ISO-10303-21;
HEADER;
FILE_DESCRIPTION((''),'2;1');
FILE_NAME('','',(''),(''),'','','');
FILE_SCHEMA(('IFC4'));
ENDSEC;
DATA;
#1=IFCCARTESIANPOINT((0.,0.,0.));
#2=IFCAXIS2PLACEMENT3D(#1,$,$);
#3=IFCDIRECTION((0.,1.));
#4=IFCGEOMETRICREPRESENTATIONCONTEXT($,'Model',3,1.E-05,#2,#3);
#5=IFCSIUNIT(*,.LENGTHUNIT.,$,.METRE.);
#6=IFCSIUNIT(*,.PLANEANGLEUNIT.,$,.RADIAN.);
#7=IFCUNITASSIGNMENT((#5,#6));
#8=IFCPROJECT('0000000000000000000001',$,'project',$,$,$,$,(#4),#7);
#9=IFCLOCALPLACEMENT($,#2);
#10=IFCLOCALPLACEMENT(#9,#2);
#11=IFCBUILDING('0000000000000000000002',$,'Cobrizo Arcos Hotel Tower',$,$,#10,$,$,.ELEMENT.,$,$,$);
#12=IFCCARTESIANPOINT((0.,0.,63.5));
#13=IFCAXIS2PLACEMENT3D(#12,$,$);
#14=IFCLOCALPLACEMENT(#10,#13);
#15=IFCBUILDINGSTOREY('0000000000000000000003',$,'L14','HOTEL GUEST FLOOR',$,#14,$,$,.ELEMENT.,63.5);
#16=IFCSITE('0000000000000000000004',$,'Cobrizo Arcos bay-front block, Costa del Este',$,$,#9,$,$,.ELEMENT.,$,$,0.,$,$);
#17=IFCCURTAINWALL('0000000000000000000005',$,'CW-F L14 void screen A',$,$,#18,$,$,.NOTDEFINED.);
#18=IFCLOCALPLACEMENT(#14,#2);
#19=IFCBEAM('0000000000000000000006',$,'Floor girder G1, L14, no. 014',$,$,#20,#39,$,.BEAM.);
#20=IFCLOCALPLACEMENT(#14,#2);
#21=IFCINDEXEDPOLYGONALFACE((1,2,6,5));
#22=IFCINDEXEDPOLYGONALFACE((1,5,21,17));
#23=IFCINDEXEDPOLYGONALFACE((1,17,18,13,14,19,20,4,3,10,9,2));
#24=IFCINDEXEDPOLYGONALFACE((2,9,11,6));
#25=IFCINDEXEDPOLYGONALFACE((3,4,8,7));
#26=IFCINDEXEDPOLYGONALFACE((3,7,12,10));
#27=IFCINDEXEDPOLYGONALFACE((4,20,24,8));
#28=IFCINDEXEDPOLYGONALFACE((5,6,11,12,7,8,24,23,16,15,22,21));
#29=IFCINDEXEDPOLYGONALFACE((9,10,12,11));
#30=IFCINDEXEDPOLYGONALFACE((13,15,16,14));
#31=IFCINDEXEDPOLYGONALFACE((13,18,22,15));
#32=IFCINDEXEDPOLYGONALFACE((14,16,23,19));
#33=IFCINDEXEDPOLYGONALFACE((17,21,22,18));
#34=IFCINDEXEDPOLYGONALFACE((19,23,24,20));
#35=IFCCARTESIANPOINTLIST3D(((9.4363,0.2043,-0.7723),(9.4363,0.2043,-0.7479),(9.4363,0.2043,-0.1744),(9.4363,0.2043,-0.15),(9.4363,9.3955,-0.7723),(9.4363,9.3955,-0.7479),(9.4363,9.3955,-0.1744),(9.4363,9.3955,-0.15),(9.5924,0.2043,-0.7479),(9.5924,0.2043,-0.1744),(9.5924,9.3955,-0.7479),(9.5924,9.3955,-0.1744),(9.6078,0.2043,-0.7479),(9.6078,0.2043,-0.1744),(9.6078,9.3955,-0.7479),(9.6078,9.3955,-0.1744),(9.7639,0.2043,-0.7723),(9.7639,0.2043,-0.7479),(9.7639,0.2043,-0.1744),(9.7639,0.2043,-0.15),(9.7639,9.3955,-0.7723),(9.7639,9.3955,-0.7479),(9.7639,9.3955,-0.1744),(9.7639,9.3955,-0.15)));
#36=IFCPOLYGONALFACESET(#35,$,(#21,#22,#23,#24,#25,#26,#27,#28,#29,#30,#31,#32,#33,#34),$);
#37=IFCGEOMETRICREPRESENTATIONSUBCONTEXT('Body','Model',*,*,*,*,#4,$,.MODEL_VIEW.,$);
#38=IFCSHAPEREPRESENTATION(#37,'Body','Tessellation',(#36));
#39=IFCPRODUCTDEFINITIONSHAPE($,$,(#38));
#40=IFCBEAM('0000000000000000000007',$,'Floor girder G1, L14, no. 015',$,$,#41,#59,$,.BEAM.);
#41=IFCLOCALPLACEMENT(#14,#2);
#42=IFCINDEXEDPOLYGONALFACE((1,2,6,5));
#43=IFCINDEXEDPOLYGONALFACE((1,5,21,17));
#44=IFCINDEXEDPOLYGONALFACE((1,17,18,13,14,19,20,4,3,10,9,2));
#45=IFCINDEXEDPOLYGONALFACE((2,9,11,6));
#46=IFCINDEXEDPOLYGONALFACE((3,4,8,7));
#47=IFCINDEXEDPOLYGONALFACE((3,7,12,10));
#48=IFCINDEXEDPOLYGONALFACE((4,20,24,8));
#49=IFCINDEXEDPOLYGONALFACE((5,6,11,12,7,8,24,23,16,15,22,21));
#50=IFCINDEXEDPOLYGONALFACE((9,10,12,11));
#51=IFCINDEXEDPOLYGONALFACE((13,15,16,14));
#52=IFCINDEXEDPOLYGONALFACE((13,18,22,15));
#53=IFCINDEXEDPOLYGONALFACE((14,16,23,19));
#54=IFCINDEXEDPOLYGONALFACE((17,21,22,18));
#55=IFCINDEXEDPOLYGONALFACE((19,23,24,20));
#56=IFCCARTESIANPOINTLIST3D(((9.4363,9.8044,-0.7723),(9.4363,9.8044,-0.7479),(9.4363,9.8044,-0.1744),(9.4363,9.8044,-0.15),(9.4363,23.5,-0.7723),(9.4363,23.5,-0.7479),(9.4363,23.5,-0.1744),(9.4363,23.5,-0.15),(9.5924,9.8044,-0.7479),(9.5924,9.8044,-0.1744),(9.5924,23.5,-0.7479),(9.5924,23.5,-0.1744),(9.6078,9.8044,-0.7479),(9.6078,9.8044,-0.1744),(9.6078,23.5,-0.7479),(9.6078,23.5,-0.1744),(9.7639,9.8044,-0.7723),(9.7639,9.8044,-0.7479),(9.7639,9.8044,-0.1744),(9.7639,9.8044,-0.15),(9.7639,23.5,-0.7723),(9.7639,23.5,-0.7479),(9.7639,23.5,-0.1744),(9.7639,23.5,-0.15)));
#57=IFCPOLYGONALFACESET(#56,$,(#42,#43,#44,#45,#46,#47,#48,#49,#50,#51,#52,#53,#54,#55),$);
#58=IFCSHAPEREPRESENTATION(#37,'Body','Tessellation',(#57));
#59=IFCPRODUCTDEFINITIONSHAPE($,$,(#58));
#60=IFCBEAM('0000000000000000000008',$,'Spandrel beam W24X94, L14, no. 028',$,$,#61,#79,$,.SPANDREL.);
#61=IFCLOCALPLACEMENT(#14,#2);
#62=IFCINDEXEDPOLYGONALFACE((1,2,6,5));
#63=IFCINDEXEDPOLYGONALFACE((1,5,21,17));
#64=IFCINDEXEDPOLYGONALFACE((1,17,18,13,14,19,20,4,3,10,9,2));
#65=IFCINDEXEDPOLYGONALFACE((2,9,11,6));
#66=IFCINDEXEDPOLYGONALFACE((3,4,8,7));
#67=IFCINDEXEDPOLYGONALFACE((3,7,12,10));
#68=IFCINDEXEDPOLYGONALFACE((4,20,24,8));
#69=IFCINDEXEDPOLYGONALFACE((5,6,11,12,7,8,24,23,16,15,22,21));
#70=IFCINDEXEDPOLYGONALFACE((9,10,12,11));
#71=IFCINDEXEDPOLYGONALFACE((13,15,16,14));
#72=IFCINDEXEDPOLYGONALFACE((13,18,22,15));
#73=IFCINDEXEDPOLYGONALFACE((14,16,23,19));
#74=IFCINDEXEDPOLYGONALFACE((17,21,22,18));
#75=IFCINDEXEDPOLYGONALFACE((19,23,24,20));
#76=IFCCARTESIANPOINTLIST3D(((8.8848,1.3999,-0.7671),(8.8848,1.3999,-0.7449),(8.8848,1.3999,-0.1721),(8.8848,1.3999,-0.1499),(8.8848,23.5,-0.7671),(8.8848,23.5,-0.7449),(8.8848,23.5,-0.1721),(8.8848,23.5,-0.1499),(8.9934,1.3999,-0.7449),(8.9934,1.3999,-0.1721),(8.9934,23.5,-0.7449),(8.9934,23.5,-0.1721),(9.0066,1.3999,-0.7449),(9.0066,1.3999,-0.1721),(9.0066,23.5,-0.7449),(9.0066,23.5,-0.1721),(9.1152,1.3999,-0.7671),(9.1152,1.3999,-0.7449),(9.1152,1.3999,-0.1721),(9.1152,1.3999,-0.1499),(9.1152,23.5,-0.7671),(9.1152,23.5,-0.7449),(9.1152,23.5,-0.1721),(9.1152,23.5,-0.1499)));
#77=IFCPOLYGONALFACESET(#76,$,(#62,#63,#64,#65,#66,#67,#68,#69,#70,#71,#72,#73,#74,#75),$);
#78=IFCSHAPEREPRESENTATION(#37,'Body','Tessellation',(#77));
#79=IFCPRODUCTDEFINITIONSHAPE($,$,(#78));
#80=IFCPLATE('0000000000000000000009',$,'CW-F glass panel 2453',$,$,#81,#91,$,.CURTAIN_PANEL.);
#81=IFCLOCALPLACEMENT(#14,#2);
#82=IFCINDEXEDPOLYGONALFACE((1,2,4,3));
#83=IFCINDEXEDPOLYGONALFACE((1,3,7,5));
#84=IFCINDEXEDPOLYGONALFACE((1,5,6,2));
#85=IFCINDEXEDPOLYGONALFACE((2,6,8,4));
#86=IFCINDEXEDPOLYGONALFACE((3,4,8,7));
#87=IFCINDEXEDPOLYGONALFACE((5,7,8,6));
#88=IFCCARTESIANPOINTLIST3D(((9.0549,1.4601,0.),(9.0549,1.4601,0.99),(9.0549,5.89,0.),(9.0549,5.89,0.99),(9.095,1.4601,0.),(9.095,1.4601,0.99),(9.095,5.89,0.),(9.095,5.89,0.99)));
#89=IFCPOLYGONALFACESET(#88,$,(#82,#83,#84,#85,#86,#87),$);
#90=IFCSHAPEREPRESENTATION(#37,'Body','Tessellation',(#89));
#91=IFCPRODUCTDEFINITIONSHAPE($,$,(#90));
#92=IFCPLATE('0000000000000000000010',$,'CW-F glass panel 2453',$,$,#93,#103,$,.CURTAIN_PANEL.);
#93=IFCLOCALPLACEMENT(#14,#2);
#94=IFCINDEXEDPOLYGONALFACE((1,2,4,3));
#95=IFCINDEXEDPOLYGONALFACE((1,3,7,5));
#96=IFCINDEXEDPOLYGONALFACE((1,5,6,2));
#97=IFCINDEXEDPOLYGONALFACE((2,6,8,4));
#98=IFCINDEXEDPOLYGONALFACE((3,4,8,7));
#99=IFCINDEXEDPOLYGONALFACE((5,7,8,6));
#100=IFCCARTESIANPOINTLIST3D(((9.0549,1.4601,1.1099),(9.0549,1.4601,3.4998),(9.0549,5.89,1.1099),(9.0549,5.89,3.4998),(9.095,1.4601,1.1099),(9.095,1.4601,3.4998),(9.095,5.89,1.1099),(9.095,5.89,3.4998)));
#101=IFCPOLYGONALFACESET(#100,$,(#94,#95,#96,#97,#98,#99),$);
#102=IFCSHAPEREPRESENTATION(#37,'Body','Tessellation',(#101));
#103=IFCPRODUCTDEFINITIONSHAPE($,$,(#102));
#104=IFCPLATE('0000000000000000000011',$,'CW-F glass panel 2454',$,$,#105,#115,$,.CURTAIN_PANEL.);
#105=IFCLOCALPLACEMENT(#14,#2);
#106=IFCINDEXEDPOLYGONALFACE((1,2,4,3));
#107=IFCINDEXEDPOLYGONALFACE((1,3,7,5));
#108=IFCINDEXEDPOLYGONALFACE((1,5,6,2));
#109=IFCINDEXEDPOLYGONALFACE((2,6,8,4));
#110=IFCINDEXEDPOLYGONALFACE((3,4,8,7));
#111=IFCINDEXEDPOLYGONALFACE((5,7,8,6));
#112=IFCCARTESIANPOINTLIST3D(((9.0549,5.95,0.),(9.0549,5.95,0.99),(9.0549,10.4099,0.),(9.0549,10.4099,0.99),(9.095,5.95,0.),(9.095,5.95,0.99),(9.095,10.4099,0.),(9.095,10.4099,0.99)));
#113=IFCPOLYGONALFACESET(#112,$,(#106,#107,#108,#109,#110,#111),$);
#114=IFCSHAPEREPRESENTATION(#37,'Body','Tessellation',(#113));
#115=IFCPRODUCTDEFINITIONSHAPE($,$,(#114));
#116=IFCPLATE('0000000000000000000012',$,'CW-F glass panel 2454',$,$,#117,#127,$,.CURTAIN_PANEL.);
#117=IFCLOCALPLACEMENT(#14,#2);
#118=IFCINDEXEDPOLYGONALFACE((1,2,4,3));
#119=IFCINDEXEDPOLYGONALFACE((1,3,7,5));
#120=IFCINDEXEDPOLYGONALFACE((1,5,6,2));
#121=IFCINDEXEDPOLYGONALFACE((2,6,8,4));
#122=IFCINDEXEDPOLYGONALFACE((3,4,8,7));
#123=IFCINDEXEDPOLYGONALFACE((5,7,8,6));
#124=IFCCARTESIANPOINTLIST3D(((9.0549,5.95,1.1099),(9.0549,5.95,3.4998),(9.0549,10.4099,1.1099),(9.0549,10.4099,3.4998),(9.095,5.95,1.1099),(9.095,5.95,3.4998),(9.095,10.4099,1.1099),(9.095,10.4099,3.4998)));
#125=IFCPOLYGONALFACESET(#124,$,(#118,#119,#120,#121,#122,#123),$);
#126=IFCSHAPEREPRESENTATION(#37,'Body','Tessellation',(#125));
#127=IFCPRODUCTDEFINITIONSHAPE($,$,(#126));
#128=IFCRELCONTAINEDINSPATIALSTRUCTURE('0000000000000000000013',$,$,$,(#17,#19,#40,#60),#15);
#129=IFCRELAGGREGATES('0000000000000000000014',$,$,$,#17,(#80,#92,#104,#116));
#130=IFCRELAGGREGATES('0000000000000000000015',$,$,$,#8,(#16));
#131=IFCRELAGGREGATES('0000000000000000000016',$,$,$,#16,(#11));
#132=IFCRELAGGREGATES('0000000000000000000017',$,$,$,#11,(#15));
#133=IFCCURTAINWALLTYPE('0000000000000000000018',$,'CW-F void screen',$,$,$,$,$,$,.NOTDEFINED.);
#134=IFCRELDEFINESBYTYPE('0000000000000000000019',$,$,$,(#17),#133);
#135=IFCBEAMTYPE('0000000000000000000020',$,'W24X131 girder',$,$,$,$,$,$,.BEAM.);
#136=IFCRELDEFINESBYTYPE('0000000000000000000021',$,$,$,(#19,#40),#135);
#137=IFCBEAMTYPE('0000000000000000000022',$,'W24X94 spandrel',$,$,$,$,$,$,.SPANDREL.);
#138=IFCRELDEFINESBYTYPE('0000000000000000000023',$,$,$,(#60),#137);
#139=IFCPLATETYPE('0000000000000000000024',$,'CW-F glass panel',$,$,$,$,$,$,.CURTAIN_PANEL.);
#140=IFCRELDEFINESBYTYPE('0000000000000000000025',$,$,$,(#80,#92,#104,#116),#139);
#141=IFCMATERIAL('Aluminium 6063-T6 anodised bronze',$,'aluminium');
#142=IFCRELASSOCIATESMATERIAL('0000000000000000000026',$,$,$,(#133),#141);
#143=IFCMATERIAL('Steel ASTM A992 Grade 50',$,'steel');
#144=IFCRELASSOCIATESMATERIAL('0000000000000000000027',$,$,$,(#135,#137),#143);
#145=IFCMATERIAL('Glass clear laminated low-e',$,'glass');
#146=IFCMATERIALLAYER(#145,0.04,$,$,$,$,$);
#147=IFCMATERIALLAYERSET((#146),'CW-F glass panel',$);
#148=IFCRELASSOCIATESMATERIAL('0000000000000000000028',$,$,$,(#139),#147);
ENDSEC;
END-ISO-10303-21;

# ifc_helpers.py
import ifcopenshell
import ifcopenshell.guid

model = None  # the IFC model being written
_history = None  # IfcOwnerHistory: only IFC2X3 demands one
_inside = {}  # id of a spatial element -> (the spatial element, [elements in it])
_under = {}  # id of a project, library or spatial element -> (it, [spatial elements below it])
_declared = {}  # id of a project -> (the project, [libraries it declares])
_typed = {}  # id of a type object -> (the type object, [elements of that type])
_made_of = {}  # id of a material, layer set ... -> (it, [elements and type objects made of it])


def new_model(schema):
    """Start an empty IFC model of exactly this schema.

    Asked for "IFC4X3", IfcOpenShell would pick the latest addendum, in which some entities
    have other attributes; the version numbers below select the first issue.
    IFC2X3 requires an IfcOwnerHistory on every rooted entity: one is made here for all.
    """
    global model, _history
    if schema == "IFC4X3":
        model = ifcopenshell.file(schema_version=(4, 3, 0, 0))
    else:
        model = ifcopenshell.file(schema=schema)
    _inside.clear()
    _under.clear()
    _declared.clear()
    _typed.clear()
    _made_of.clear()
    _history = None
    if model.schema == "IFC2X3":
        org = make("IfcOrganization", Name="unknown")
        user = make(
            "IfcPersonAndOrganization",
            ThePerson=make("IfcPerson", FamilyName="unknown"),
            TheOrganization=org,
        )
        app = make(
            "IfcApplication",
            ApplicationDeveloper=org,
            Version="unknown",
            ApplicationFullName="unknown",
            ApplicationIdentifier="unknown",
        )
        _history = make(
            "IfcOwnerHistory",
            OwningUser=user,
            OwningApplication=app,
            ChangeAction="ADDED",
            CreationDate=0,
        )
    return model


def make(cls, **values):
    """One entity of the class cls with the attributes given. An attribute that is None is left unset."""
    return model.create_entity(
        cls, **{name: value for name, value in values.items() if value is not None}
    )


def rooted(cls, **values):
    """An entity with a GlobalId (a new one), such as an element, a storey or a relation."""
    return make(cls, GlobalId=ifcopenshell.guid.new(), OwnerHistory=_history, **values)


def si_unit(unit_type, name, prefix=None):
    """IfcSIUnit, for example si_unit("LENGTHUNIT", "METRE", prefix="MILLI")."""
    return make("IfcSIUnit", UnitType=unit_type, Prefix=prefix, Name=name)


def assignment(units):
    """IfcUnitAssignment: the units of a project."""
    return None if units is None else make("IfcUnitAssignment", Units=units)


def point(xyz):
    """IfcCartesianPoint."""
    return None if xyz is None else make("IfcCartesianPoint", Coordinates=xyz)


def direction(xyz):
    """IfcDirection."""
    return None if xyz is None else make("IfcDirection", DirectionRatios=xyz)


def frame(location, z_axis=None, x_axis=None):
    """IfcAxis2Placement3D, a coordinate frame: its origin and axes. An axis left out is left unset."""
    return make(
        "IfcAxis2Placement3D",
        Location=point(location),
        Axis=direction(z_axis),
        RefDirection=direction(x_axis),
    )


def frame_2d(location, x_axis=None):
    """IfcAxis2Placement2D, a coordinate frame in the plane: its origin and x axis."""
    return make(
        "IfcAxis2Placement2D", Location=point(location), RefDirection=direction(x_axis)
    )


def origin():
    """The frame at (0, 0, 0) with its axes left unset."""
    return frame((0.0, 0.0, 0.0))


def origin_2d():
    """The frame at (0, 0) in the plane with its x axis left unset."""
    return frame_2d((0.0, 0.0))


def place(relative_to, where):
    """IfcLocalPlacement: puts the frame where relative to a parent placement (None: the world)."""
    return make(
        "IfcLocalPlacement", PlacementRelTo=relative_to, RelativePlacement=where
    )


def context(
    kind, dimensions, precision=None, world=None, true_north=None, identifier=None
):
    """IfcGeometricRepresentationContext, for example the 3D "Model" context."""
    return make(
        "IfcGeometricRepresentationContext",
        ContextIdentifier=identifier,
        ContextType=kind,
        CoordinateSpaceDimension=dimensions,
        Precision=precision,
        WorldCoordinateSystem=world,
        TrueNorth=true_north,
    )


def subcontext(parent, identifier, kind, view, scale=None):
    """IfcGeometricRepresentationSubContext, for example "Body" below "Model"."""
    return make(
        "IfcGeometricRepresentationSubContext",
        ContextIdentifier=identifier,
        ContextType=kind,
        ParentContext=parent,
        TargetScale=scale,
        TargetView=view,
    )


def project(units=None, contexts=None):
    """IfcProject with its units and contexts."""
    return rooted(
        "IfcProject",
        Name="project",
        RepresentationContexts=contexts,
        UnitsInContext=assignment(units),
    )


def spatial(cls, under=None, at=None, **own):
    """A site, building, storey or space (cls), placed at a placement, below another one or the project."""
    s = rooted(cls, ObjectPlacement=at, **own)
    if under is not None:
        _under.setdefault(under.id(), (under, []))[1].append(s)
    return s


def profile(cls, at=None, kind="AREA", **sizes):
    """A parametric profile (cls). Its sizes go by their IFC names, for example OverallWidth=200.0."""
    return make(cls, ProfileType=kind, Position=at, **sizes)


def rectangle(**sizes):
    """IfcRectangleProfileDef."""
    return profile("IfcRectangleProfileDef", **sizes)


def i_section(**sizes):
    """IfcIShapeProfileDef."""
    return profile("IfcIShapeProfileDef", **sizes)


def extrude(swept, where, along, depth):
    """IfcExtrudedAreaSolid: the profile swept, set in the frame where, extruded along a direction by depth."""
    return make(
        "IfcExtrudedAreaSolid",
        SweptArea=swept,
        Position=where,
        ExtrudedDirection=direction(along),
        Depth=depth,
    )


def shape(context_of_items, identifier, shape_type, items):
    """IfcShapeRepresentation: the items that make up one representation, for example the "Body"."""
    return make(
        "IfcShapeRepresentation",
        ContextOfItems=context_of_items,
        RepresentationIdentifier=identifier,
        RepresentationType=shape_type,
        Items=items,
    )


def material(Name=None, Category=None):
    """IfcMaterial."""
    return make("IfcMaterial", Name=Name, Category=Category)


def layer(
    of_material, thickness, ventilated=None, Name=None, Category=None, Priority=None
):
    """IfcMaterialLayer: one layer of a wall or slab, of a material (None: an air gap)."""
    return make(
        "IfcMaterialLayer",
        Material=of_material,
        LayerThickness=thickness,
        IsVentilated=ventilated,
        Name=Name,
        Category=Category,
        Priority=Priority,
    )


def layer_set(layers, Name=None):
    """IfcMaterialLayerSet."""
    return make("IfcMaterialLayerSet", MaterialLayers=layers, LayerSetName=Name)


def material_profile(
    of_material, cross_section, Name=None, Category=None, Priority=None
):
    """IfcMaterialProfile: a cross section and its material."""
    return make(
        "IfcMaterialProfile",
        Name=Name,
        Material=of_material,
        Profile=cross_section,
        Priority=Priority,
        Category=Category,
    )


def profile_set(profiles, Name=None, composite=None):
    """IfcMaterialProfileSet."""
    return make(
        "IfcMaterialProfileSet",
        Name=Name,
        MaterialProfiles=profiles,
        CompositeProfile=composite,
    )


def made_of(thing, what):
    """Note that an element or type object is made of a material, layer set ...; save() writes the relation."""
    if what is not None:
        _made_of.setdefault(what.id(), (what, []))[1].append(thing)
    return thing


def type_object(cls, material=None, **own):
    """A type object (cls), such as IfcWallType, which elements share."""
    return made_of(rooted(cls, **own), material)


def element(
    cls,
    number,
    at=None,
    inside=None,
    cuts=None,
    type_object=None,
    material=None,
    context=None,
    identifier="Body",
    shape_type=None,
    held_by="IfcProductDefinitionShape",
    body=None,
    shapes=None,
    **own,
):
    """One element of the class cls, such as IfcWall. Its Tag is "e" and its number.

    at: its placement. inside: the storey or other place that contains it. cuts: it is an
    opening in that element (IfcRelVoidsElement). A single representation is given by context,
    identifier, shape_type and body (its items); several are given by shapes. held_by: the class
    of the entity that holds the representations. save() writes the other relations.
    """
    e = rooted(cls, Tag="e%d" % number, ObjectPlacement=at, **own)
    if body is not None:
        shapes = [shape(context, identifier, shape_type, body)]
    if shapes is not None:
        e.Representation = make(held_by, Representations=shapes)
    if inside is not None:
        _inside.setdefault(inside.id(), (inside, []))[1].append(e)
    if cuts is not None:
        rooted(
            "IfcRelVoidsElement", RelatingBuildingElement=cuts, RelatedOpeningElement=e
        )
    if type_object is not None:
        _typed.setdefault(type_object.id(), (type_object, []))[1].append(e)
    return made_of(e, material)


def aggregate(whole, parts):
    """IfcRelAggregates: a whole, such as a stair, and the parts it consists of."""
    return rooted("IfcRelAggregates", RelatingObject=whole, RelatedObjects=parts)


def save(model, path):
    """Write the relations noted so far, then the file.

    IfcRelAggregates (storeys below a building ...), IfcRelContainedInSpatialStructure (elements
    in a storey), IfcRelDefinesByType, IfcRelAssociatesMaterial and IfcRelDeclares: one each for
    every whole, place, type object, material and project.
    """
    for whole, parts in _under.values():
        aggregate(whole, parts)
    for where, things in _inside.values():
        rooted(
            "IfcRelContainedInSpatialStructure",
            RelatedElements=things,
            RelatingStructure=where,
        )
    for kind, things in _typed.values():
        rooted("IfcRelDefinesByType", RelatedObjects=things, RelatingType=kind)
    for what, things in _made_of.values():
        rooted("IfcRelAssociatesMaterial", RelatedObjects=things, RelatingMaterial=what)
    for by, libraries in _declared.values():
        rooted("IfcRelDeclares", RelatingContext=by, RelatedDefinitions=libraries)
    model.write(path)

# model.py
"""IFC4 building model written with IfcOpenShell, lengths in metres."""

from ifc_helpers import new_model, si_unit, direction, frame, origin, origin_2d, place, context, subcontext, project, spatial, rectangle, i_section, extrude, material, layer, layer_set, material_profile, profile_set, type_object, element, aggregate, save


model = new_model("IFC4")

# Units and contexts
model_context = context("Model", 3, precision=1e-05, world=origin(), true_north=direction((0.0, 1.0)))
body_context = subcontext(model_context, "Body", "Model", "MODEL_VIEW")
ifc_project = project(units=[si_unit("LENGTHUNIT", "METRE"), si_unit("PLANEANGLEUNIT", "RADIAN")], contexts=[model_context])

# Site, building, storey
site_placement = place(None, origin())
site = spatial("IfcSite", under=ifc_project, at=site_placement, Name="Cobrizo Arcos bay-front block, Costa del Este", CompositionType="ELEMENT", RefElevation=0.0)
building_placement = place(site_placement, origin())
building = spatial("IfcBuilding", under=site, at=building_placement, Name="Cobrizo Arcos Hotel Tower", CompositionType="ELEMENT")
storey_placement = place(building_placement, frame((0.0, 0.0, 63.5)))
storey = spatial("IfcBuildingStorey", under=building, at=storey_placement, Name="L14", Description="HOTEL GUEST FLOOR", CompositionType="ELEMENT", Elevation=63.5)

# Shared definitions
ifc_material_1 = material(Name="Steel ASTM A992 Grade 50", Category="steel")

# Curtain wall
ifc_material_2 = material(Name="Aluminium 6063-T6 anodised bronze", Category="aluminium")
curtain_wall_type = type_object("IfcCurtainWallType", Name="CW-F void screen", PredefinedType="NOTDEFINED", material=ifc_material_2)
curtain_wall_placement = place(storey_placement, origin())
curtain_wall = element("IfcCurtainWall", 1, at=curtain_wall_placement, inside=storey, type_object=curtain_wall_type, Name="CW-F L14 void screen A", PredefinedType="NOTDEFINED")

# Beams
ifc_material_profile_1 = material_profile(ifc_material_1, i_section(OverallWidth=0.3276, OverallDepth=0.6223, WebThickness=0.0154, FlangeThickness=0.0244, at=origin_2d()), Name="W24X131")
ifc_profile_set_1 = profile_set([ifc_material_profile_1], Name="Steel ASTM A992 Grade 50")
beam_type_1 = type_object("IfcBeamType", Name="W24X131 girder", PredefinedType="BEAM", material=ifc_profile_set_1)
beam_1_placement = place(storey_placement, frame((9.6001, 0.2043, -0.4612), z_axis=(0.0, 1.0, 0.0), x_axis=(-1.0, 0.0, 0.0)))
element("IfcBeam", 2, at=beam_1_placement, inside=storey, type_object=beam_type_1, Name="Floor girder G1, L14, no. 014", PredefinedType="BEAM", context=body_context, shape_type="SweptSolid", body=[
    extrude(i_section(OverallWidth=0.3276, OverallDepth=0.6223, WebThickness=0.0154, FlangeThickness=0.0244, at=origin_2d()), origin(), (0.0, 0.0, 1.0), 9.1912),
])
beam_2_placement = place(storey_placement, frame((9.6001, 9.8044, -0.4612), z_axis=(0.0, 1.0, 0.0), x_axis=(-1.0, 0.0, 0.0)))
element("IfcBeam", 3, at=beam_2_placement, inside=storey, type_object=beam_type_1, Name="Floor girder G1, L14, no. 015", PredefinedType="BEAM", context=body_context, shape_type="SweptSolid", body=[
    extrude(i_section(OverallWidth=0.3276, OverallDepth=0.6223, WebThickness=0.0154, FlangeThickness=0.0244, at=origin_2d()), origin(), (0.0, 0.0, 1.0), 13.6956),
])
ifc_material_profile_2 = material_profile(ifc_material_1, i_section(OverallWidth=0.2305, OverallDepth=0.6172, WebThickness=0.0132, FlangeThickness=0.0222, at=origin_2d()), Name="W24X94")
ifc_profile_set_2 = profile_set([ifc_material_profile_2], Name="Steel ASTM A992 Grade 50")
beam_type_2 = type_object("IfcBeamType", Name="W24X94 spandrel", PredefinedType="SPANDREL", material=ifc_profile_set_2)
beam_3_placement = place(storey_placement, frame((9.0, 1.3999, -0.4585), z_axis=(0.0, 1.0, 0.0), x_axis=(-1.0, 0.0, 0.0)))
element("IfcBeam", 4, at=beam_3_placement, inside=storey, type_object=beam_type_2, Name="Spandrel beam W24X94, L14, no. 028", PredefinedType="SPANDREL", context=body_context, shape_type="SweptSolid", body=[
    extrude(i_section(OverallWidth=0.2305, OverallDepth=0.6172, WebThickness=0.0132, FlangeThickness=0.0222, at=origin_2d()), origin(), (0.0, 0.0, 1.0), 22.1001),
])

# Plates
ifc_material_3 = material(Name="Glass clear laminated low-e", Category="glass")
ifc_layer_1 = layer(ifc_material_3, 0.04)
ifc_layer_set_1 = layer_set([ifc_layer_1], Name="CW-F glass panel")
plate_type = type_object("IfcPlateType", Name="CW-F glass panel", PredefinedType="CURTAIN_PANEL", material=ifc_layer_set_1)
plate_1_placement = place(storey_placement, frame((9.075, 3.675, 0.0), z_axis=(0.0, 0.0, 1.0), x_axis=(0.0, 1.0, 0.0)))
plate_1 = element("IfcPlate", 5, at=plate_1_placement, type_object=plate_type, Name="CW-F glass panel 2453", PredefinedType="CURTAIN_PANEL", context=body_context, shape_type="SweptSolid", body=[
    extrude(rectangle(XDim=4.4299, YDim=0.04, at=origin_2d()), origin(), (0.0, 0.0, 1.0), 0.99),
])
plate_2_placement = place(storey_placement, frame((9.075, 3.675, 1.1099), z_axis=(0.0, 0.0, 1.0), x_axis=(0.0, 1.0, 0.0)))
plate_2 = element("IfcPlate", 6, at=plate_2_placement, type_object=plate_type, Name="CW-F glass panel 2453", PredefinedType="CURTAIN_PANEL", context=body_context, shape_type="SweptSolid", body=[
    extrude(rectangle(XDim=4.4299, YDim=0.04, at=origin_2d()), origin(), (0.0, 0.0, 1.0), 2.3899),
])
plate_3_placement = place(storey_placement, frame((9.075, 8.1799, 0.0), z_axis=(0.0, 0.0, 1.0), x_axis=(0.0, 1.0, 0.0)))
plate_3 = element("IfcPlate", 7, at=plate_3_placement, type_object=plate_type, Name="CW-F glass panel 2454", PredefinedType="CURTAIN_PANEL", context=body_context, shape_type="SweptSolid", body=[
    extrude(rectangle(XDim=4.46, YDim=0.04, at=origin_2d()), origin(), (0.0, 0.0, 1.0), 0.99),
])
plate_4_placement = place(storey_placement, frame((9.075, 8.1799, 1.1099), z_axis=(0.0, 0.0, 1.0), x_axis=(0.0, 1.0, 0.0)))
plate_4 = element("IfcPlate", 8, at=plate_4_placement, type_object=plate_type, Name="CW-F glass panel 2454", PredefinedType="CURTAIN_PANEL", context=body_context, shape_type="SweptSolid", body=[
    extrude(rectangle(XDim=4.46, YDim=0.04, at=origin_2d()), origin(), (0.0, 0.0, 1.0), 2.3899),
])
aggregate(curtain_wall, [plate_1, plate_2, plate_3, plate_4])

save(model, "model.ifc")
